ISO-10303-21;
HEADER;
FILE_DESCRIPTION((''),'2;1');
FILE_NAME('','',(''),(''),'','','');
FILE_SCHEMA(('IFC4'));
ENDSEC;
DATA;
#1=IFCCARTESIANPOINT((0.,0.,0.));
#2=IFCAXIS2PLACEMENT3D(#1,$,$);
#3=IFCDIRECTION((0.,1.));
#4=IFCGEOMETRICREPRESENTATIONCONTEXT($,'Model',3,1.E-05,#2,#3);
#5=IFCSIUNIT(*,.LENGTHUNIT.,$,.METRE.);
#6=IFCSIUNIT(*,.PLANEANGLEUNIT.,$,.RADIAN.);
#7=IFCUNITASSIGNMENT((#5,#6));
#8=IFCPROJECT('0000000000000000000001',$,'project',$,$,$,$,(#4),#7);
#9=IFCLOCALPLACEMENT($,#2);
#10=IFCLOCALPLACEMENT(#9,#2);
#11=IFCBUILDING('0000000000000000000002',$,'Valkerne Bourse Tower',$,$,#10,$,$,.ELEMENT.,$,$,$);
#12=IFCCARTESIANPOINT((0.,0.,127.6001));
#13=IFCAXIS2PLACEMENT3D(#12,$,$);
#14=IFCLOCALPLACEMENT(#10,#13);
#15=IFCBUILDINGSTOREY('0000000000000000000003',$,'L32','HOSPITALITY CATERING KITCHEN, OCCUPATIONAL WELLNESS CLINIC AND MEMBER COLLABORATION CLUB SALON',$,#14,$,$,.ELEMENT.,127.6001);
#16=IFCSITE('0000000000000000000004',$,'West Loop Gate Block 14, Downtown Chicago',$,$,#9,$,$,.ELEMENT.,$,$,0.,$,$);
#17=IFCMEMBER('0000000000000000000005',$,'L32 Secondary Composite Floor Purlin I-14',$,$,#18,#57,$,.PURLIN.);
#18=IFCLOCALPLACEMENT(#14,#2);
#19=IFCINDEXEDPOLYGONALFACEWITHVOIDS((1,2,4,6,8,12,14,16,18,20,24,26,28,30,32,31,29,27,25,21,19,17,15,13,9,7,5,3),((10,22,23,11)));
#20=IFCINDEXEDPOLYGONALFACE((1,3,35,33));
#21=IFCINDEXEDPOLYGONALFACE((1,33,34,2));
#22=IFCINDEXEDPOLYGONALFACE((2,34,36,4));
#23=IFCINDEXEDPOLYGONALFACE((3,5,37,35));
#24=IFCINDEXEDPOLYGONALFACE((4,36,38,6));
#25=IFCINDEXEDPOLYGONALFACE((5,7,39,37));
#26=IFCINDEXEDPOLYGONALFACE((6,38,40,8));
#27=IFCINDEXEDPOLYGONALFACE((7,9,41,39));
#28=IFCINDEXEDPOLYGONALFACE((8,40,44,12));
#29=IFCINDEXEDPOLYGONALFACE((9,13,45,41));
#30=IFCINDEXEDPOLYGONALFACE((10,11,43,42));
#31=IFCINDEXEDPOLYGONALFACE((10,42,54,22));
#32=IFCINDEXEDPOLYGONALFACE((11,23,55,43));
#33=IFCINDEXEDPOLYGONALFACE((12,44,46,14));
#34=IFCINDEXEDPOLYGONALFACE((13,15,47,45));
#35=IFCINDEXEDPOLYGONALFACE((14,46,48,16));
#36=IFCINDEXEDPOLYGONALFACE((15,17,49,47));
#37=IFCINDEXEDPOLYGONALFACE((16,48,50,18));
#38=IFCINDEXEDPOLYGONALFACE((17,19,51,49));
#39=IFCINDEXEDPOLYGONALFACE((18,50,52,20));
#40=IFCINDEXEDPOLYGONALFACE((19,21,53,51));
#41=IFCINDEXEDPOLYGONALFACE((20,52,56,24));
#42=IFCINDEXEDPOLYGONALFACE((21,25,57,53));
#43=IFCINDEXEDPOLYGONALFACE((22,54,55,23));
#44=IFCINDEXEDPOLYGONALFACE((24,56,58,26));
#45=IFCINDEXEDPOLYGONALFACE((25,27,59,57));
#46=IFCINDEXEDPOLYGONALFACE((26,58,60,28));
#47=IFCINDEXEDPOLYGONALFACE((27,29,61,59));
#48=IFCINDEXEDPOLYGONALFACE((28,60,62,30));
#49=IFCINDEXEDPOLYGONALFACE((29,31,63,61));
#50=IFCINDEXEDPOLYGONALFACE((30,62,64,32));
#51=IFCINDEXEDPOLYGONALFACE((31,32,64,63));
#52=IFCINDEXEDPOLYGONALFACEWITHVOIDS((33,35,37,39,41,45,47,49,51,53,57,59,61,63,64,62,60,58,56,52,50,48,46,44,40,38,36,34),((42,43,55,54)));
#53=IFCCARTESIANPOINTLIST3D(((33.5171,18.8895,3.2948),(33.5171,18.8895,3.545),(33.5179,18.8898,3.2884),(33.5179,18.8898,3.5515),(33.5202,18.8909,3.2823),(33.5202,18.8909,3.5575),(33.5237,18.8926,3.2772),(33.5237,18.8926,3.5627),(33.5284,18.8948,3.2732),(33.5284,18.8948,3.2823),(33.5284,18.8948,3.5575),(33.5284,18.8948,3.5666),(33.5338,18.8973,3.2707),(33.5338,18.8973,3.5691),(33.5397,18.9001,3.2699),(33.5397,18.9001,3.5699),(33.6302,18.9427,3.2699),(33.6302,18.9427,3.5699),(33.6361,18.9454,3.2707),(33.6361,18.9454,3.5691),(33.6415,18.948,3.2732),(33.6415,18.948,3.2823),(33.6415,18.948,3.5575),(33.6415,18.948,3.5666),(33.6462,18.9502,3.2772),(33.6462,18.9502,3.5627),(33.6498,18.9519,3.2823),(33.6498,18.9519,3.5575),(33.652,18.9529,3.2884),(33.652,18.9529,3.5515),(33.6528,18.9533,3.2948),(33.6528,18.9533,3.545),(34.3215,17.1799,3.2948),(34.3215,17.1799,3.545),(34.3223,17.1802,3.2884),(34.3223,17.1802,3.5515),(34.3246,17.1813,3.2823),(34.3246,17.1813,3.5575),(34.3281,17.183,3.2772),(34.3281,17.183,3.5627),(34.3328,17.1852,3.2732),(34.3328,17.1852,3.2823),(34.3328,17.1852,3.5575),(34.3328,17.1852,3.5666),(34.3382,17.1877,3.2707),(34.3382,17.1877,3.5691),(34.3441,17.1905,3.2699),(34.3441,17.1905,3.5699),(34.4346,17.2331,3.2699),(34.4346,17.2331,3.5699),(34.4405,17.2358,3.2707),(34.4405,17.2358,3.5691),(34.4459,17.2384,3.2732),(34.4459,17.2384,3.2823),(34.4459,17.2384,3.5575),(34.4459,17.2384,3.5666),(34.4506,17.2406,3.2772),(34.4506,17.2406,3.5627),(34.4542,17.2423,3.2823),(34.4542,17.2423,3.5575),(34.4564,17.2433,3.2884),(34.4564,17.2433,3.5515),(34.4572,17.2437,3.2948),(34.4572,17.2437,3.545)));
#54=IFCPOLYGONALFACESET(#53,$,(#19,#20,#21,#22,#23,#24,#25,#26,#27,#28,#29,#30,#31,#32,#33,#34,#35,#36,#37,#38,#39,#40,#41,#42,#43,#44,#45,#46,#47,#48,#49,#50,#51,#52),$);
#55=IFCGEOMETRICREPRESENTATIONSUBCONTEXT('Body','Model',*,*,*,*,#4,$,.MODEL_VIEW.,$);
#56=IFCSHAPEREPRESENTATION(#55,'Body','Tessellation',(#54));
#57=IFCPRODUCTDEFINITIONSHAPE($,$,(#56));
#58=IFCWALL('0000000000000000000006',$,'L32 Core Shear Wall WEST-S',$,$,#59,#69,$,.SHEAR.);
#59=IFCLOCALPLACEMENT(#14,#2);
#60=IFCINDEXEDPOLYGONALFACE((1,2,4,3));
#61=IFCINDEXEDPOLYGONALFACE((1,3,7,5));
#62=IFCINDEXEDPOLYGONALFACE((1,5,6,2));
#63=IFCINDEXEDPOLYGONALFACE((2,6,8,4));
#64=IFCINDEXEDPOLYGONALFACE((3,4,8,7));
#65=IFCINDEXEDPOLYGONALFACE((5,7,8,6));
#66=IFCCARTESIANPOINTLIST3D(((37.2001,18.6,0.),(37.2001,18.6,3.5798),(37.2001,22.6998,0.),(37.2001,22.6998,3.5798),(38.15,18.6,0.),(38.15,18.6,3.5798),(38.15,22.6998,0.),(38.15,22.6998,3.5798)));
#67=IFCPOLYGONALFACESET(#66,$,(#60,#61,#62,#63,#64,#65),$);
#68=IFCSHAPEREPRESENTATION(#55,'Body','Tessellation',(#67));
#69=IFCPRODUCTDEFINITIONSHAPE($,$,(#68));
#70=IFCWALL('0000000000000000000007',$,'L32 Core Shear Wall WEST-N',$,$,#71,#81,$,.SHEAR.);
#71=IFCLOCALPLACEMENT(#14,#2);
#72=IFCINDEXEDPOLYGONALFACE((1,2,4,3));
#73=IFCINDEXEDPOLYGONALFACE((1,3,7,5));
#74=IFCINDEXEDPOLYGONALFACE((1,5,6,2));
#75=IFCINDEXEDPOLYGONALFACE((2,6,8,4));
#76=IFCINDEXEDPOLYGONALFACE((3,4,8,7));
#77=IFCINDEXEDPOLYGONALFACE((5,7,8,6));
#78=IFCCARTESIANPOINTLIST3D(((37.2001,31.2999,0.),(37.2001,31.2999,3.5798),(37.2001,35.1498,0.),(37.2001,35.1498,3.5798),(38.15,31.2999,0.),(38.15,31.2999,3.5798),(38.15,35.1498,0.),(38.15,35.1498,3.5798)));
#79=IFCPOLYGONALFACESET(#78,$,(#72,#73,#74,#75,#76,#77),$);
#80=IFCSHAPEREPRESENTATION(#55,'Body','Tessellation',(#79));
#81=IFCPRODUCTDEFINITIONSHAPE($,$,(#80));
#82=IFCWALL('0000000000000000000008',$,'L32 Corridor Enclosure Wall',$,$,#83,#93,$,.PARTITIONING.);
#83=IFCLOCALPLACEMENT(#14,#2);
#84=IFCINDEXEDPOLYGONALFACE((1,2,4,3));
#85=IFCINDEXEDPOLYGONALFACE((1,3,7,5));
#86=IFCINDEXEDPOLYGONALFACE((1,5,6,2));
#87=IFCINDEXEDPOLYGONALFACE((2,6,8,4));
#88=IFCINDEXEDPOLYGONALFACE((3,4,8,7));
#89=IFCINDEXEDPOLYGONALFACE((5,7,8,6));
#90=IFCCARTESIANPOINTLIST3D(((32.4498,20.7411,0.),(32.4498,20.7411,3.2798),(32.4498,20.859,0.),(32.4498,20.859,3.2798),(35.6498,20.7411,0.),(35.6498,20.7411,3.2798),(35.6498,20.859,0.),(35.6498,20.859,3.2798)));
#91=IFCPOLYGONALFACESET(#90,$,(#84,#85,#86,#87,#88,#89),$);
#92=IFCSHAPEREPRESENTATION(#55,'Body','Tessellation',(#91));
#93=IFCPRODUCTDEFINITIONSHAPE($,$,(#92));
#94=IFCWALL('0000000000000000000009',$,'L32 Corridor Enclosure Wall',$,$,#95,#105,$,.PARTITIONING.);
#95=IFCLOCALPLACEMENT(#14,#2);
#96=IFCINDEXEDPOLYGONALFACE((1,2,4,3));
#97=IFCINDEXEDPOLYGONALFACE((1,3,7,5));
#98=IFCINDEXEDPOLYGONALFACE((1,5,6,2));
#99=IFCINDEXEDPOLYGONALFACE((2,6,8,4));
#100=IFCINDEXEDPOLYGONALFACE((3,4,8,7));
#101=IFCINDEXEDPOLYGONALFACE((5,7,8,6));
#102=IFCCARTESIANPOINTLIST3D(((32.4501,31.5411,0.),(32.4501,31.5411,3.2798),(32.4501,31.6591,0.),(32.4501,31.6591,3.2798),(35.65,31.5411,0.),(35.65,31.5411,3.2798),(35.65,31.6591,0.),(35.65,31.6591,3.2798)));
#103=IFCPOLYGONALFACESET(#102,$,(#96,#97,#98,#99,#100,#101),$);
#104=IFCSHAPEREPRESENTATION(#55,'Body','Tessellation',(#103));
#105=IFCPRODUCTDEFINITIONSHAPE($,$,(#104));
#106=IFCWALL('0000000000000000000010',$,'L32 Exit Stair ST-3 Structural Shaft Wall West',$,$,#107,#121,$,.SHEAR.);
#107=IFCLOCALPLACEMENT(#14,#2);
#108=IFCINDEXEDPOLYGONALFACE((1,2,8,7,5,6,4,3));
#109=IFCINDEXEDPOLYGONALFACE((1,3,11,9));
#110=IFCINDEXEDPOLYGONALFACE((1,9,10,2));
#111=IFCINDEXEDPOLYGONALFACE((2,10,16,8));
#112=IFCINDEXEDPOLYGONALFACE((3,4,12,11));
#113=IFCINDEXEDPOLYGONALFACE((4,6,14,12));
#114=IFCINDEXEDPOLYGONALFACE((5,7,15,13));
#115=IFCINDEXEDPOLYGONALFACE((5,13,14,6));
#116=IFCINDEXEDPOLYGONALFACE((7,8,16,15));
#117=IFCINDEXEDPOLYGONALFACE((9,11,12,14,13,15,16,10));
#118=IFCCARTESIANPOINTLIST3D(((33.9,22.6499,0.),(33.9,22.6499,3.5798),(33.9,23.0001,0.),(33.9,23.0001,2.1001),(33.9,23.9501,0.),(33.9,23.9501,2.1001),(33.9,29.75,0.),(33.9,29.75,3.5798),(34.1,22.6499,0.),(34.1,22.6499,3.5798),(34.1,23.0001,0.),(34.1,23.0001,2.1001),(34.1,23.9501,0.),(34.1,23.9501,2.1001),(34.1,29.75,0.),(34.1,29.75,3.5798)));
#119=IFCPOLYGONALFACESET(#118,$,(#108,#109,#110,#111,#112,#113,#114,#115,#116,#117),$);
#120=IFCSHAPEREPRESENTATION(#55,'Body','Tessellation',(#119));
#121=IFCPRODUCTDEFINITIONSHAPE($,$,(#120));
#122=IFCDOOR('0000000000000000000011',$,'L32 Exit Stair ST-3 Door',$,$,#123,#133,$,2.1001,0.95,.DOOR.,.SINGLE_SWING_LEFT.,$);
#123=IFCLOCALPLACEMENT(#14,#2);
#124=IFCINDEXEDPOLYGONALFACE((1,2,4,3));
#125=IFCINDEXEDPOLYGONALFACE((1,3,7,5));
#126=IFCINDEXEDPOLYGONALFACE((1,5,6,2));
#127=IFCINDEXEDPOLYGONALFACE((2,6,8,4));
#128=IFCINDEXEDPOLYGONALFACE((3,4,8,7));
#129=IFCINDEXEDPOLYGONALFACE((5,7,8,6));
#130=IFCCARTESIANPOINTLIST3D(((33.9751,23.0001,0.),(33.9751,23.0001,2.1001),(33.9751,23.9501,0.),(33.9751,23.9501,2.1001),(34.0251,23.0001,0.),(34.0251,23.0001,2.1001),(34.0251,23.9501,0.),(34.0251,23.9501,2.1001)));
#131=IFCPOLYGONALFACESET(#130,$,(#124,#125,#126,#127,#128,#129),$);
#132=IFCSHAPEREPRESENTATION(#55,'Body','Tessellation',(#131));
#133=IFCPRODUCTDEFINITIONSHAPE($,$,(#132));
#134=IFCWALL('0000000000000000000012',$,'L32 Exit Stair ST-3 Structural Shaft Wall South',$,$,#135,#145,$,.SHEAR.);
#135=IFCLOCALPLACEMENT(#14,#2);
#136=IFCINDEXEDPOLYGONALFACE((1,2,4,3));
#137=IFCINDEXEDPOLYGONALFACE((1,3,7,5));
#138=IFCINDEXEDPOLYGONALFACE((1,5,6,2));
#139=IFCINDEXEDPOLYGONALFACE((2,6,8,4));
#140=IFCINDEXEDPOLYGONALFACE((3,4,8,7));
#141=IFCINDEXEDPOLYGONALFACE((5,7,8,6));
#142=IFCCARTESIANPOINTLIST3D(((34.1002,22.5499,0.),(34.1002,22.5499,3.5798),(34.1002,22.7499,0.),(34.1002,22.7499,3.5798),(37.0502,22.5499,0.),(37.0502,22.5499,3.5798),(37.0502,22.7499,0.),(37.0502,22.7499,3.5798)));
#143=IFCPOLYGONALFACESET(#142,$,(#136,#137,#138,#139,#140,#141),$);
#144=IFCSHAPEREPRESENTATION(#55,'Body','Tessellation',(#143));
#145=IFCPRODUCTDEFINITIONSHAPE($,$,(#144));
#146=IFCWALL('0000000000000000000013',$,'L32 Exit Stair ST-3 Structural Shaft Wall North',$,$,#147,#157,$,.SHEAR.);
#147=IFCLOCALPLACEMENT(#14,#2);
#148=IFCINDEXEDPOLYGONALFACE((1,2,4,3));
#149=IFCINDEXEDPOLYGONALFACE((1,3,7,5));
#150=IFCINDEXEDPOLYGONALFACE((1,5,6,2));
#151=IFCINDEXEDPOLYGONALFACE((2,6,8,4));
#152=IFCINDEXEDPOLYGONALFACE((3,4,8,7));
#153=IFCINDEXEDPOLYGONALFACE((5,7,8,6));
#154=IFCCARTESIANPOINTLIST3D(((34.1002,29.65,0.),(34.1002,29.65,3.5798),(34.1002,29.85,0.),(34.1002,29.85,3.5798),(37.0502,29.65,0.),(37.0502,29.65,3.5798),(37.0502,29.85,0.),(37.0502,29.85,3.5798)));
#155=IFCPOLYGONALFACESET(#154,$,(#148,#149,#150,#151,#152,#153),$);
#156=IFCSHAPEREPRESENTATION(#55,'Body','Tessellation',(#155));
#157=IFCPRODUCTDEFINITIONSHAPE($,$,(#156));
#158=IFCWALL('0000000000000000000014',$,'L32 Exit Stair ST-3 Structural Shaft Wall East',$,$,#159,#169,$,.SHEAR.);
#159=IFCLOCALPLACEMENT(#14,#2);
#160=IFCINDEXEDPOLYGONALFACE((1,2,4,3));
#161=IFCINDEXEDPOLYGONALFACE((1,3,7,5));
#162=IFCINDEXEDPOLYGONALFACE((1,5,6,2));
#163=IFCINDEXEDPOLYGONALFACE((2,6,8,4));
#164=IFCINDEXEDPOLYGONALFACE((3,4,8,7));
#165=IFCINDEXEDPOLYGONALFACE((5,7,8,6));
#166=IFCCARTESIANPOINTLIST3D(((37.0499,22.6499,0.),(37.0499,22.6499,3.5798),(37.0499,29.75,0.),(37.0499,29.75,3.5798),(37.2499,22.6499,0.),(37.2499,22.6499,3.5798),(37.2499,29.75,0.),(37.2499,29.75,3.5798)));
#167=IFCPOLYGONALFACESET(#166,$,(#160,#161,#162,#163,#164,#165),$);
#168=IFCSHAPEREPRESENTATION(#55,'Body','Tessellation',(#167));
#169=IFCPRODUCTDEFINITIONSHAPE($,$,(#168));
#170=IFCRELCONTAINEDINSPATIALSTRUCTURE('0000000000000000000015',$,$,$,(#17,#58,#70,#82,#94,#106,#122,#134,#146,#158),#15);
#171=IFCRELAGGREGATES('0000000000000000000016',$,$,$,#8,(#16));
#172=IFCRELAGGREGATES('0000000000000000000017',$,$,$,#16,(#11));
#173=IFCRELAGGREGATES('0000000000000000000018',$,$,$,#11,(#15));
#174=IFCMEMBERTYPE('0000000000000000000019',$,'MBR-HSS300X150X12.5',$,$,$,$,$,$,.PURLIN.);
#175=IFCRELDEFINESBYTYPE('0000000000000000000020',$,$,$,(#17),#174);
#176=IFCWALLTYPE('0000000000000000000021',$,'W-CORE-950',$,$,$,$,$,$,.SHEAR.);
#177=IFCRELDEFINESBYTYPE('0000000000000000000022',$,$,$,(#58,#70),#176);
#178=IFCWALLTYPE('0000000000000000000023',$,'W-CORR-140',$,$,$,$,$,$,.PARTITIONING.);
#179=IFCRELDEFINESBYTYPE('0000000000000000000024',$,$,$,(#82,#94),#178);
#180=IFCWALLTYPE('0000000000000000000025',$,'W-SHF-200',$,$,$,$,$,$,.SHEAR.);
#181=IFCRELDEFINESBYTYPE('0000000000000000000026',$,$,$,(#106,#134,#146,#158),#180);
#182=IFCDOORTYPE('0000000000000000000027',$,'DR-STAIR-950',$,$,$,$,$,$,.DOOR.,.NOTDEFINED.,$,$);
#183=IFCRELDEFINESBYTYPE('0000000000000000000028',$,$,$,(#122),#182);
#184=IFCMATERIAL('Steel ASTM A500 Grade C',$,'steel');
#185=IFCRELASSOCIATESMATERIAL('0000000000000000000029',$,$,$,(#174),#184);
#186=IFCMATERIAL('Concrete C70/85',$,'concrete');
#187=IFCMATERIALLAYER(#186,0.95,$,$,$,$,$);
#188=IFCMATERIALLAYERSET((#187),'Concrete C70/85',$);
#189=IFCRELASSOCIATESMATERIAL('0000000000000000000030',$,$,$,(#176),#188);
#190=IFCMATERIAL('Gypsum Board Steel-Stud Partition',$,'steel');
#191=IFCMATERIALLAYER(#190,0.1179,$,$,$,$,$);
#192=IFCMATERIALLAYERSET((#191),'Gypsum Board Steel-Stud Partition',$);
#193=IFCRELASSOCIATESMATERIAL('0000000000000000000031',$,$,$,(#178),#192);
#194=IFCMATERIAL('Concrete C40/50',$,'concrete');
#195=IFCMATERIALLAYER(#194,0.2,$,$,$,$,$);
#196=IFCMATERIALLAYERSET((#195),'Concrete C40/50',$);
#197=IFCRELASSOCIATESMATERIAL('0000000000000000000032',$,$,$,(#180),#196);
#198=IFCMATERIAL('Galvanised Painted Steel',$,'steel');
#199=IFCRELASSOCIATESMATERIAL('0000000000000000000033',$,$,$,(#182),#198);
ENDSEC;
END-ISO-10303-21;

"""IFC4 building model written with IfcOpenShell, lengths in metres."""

from ifc_helpers import new_model, si_unit, direction, frame, frame_2d, origin, origin_2d, place, context, subcontext, project, spatial, rectangle, hollow_rectangle, extrude, material, layer, layer_set, material_profile, profile_set, type_object, element, fill, save


model = new_model("IFC4")

# Units and contexts
model_context = context("Model", 3, precision=1e-05, world=origin(), true_north=direction((0.0, 1.0)))
body_context = subcontext(model_context, "Body", "Model", "MODEL_VIEW")
ifc_project = project(units=[si_unit("LENGTHUNIT", "METRE"), si_unit("PLANEANGLEUNIT", "RADIAN")], contexts=[model_context])

# Site, building, storey
site_placement = place(None, origin())
site = spatial("IfcSite", under=ifc_project, at=site_placement, Name="West Loop Gate Block 14, Downtown Chicago", CompositionType="ELEMENT", RefElevation=0.0)
building_placement = place(site_placement, origin())
building = spatial("IfcBuilding", under=site, at=building_placement, Name="Valkerne Bourse Tower", CompositionType="ELEMENT")
storey_placement = place(building_placement, frame((0.0, 0.0, 127.6001)))
storey = spatial("IfcBuildingStorey", under=building, at=storey_placement, Name="L32", Description="HOSPITALITY CATERING KITCHEN, OCCUPATIONAL WELLNESS CLINIC AND MEMBER COLLABORATION CLUB SALON", CompositionType="ELEMENT", Elevation=127.6001)

# Member
ifc_material_1 = material(Name="Steel ASTM A500 Grade C", Category="steel")
ifc_material_profile = material_profile(ifc_material_1, hollow_rectangle(XDim=0.1499, YDim=0.3, WallThickness=0.0125, OuterFilletRadius=0.0249, at=origin_2d()), Name="HSS300X150X12.5")
ifc_profile_set = profile_set([ifc_material_profile], Name="Steel ASTM A500 Grade C")
member_type = type_object("IfcMemberType", Name="MBR-HSS300X150X12.5", PredefinedType="PURLIN", material=ifc_profile_set)
member_placement = place(storey_placement, frame((33.585, 18.9214, 3.4199), z_axis=(0.425741, -0.904845, 0.0), x_axis=(0.904845, 0.425741, 0.0)))
element("IfcMember", 1, at=member_placement, inside=storey, type_object=member_type, Name="L32 Secondary Composite Floor Purlin I-14", PredefinedType="PURLIN", context=body_context, shape_type="SweptSolid", body=[
    extrude(hollow_rectangle(XDim=0.1499, YDim=0.3, WallThickness=0.0125, OuterFilletRadius=0.0249, at=origin_2d()), origin(), (0.0, 0.0, 1.0), 1.8894),
])

# Walls
ifc_material_2 = material(Name="Concrete C70/85", Category="concrete")
ifc_layer_1 = layer(ifc_material_2, 0.95)
ifc_layer_set_1 = layer_set([ifc_layer_1], Name="Concrete C70/85")
wall_type_1 = type_object("IfcWallType", Name="W-CORE-950", PredefinedType="SHEAR", material=ifc_layer_set_1)
wall_1_placement = place(storey_placement, frame((37.675, 18.6001, 0.0), z_axis=(0.0, 0.0, 1.0), x_axis=(0.0, 1.0, 0.0)))
element("IfcWall", 2, at=wall_1_placement, inside=storey, type_object=wall_type_1, Name="L32 Core Shear Wall WEST-S", PredefinedType="SHEAR", context=body_context, shape_type="SweptSolid", body=[
    extrude(rectangle(XDim=4.0999, YDim=0.95, at=frame_2d((2.0498, 0.0))), origin(), (0.0, 0.0, 1.0), 3.5798),
])
wall_2_placement = place(storey_placement, frame((37.675, 31.3, 0.0), z_axis=(0.0, 0.0, 1.0), x_axis=(0.0, 1.0, 0.0)))
element("IfcWall", 3, at=wall_2_placement, inside=storey, type_object=wall_type_1, Name="L32 Core Shear Wall WEST-N", PredefinedType="SHEAR", context=body_context, shape_type="SweptSolid", body=[
    extrude(rectangle(XDim=3.8499, YDim=0.95, at=frame_2d((1.9248, 0.0))), origin(), (0.0, 0.0, 1.0), 3.5798),
])
ifc_material_3 = material(Name="Gypsum Board Steel-Stud Partition", Category="steel")
ifc_layer_2 = layer(ifc_material_3, 0.1179)
ifc_layer_set_2 = layer_set([ifc_layer_2], Name="Gypsum Board Steel-Stud Partition")
wall_type_2 = type_object("IfcWallType", Name="W-CORR-140", PredefinedType="PARTITIONING", material=ifc_layer_set_2)
for number, where, z_axis, x_axis, name in (
    (4, (35.6499, 20.8, 0.0), (0.0, 0.0, 1.0), (-1.0, 0.0, 0.0), "L32 Corridor Enclosure Wall"),
    (5, (32.45, 31.6001, 0.0), (0.0, 0.0, 1.0), (1.0, 0.0, 0.0), "L32 Corridor Enclosure Wall"),
):
    element("IfcWall", number, at=place(storey_placement, frame(where, z_axis=z_axis, x_axis=x_axis)), inside=storey, type_object=wall_type_2, Name=name, PredefinedType="PARTITIONING", context=body_context, shape_type="SweptSolid", body=[
        extrude(rectangle(XDim=3.2, YDim=0.1179, at=frame_2d((1.6001, 0.0))), origin(), (0.0, 0.0, 1.0), 3.2798),
    ])

# Wall, opening, door
ifc_material_4 = material(Name="Concrete C40/50", Category="concrete")
ifc_layer_3 = layer(ifc_material_4, 0.2)
ifc_layer_set_3 = layer_set([ifc_layer_3], Name="Concrete C40/50")
wall_type_3 = type_object("IfcWallType", Name="W-SHF-200", PredefinedType="SHEAR", material=ifc_layer_set_3)
wall_3_placement = place(storey_placement, frame((34.0, 22.6499, 0.0), z_axis=(0.0, 0.0, 1.0), x_axis=(0.0, 1.0, 0.0)))
wall_3 = element("IfcWall", 6, at=wall_3_placement, inside=storey, type_object=wall_type_3, Name="L32 Exit Stair ST-3 Structural Shaft Wall West", PredefinedType="SHEAR", context=body_context, shape_type="SweptSolid", body=[
    extrude(rectangle(XDim=7.1001, YDim=0.2, at=frame_2d((3.55, 0.0))), origin(), (0.0, 0.0, 1.0), 3.5798),
])
opening_placement = place(wall_3_placement, frame((0.3501, 0.0, 0.0)))
opening = element("IfcOpeningElement", 7, at=opening_placement, cuts=wall_3, PredefinedType="OPENING", context=body_context, shape_type="SweptSolid", body=[
    extrude(rectangle(XDim=0.95, YDim=2.1001, at=frame_2d((0.4751, 1.05))), frame((0.0, 0.1099, 0.0), z_axis=(0.0, -1.0, 0.0), x_axis=(1.0, 0.0, 0.0)), (0.0, 0.0, 1.0), 0.22),
])
ifc_material_5 = material(Name="Galvanised Painted Steel", Category="steel")
door_type = type_object("IfcDoorType", Name="DR-STAIR-950", OperationType="NOTDEFINED", PredefinedType="DOOR", material=ifc_material_5)
door_placement = place(opening_placement, origin())
door = element("IfcDoor", 8, at=door_placement, inside=storey, type_object=door_type, Name="L32 Exit Stair ST-3 Door", OperationType="SINGLE_SWING_LEFT", OverallHeight=2.1001, OverallWidth=0.95, PredefinedType="DOOR", context=body_context, shape_type="SweptSolid", body=[
    extrude(rectangle(XDim=0.95, YDim=2.1001, at=frame_2d((0.4751, 1.05))), frame((0.0, 0.0249, 0.0), z_axis=(0.0, -1.0, 0.0), x_axis=(1.0, 0.0, 0.0)), (0.0, 0.0, 1.0), 0.05),
])
fill(opening, door)

# Walls
for number, where, z_axis, x_axis, name in (
    (9, (34.1001, 22.6499, 0.0), (0.0, 0.0, 1.0), (1.0, 0.0, 0.0), "L32 Exit Stair ST-3 Structural Shaft Wall South"),
    (10, (34.1001, 29.75, 0.0), (0.0, 0.0, 1.0), (1.0, 0.0, 0.0), "L32 Exit Stair ST-3 Structural Shaft Wall North"),
):
    element("IfcWall", number, at=place(storey_placement, frame(where, z_axis=z_axis, x_axis=x_axis)), inside=storey, type_object=wall_type_3, Name=name, PredefinedType="SHEAR", context=body_context, shape_type="SweptSolid", body=[
        extrude(rectangle(XDim=2.95, YDim=0.2, at=frame_2d((1.4751, 0.0))), origin(), (0.0, 0.0, 1.0), 3.5798),
    ])
wall_4_placement = place(storey_placement, frame((37.1499, 22.6499, 0.0), z_axis=(0.0, 0.0, 1.0), x_axis=(0.0, 1.0, 0.0)))
element("IfcWall", 11, at=wall_4_placement, inside=storey, type_object=wall_type_3, Name="L32 Exit Stair ST-3 Structural Shaft Wall East", PredefinedType="SHEAR", context=body_context, shape_type="SweptSolid", body=[
    extrude(rectangle(XDim=7.1001, YDim=0.2, at=frame_2d((3.55, 0.0))), origin(), (0.0, 0.0, 1.0), 3.5798),
])

save(model, "model.ifc")
